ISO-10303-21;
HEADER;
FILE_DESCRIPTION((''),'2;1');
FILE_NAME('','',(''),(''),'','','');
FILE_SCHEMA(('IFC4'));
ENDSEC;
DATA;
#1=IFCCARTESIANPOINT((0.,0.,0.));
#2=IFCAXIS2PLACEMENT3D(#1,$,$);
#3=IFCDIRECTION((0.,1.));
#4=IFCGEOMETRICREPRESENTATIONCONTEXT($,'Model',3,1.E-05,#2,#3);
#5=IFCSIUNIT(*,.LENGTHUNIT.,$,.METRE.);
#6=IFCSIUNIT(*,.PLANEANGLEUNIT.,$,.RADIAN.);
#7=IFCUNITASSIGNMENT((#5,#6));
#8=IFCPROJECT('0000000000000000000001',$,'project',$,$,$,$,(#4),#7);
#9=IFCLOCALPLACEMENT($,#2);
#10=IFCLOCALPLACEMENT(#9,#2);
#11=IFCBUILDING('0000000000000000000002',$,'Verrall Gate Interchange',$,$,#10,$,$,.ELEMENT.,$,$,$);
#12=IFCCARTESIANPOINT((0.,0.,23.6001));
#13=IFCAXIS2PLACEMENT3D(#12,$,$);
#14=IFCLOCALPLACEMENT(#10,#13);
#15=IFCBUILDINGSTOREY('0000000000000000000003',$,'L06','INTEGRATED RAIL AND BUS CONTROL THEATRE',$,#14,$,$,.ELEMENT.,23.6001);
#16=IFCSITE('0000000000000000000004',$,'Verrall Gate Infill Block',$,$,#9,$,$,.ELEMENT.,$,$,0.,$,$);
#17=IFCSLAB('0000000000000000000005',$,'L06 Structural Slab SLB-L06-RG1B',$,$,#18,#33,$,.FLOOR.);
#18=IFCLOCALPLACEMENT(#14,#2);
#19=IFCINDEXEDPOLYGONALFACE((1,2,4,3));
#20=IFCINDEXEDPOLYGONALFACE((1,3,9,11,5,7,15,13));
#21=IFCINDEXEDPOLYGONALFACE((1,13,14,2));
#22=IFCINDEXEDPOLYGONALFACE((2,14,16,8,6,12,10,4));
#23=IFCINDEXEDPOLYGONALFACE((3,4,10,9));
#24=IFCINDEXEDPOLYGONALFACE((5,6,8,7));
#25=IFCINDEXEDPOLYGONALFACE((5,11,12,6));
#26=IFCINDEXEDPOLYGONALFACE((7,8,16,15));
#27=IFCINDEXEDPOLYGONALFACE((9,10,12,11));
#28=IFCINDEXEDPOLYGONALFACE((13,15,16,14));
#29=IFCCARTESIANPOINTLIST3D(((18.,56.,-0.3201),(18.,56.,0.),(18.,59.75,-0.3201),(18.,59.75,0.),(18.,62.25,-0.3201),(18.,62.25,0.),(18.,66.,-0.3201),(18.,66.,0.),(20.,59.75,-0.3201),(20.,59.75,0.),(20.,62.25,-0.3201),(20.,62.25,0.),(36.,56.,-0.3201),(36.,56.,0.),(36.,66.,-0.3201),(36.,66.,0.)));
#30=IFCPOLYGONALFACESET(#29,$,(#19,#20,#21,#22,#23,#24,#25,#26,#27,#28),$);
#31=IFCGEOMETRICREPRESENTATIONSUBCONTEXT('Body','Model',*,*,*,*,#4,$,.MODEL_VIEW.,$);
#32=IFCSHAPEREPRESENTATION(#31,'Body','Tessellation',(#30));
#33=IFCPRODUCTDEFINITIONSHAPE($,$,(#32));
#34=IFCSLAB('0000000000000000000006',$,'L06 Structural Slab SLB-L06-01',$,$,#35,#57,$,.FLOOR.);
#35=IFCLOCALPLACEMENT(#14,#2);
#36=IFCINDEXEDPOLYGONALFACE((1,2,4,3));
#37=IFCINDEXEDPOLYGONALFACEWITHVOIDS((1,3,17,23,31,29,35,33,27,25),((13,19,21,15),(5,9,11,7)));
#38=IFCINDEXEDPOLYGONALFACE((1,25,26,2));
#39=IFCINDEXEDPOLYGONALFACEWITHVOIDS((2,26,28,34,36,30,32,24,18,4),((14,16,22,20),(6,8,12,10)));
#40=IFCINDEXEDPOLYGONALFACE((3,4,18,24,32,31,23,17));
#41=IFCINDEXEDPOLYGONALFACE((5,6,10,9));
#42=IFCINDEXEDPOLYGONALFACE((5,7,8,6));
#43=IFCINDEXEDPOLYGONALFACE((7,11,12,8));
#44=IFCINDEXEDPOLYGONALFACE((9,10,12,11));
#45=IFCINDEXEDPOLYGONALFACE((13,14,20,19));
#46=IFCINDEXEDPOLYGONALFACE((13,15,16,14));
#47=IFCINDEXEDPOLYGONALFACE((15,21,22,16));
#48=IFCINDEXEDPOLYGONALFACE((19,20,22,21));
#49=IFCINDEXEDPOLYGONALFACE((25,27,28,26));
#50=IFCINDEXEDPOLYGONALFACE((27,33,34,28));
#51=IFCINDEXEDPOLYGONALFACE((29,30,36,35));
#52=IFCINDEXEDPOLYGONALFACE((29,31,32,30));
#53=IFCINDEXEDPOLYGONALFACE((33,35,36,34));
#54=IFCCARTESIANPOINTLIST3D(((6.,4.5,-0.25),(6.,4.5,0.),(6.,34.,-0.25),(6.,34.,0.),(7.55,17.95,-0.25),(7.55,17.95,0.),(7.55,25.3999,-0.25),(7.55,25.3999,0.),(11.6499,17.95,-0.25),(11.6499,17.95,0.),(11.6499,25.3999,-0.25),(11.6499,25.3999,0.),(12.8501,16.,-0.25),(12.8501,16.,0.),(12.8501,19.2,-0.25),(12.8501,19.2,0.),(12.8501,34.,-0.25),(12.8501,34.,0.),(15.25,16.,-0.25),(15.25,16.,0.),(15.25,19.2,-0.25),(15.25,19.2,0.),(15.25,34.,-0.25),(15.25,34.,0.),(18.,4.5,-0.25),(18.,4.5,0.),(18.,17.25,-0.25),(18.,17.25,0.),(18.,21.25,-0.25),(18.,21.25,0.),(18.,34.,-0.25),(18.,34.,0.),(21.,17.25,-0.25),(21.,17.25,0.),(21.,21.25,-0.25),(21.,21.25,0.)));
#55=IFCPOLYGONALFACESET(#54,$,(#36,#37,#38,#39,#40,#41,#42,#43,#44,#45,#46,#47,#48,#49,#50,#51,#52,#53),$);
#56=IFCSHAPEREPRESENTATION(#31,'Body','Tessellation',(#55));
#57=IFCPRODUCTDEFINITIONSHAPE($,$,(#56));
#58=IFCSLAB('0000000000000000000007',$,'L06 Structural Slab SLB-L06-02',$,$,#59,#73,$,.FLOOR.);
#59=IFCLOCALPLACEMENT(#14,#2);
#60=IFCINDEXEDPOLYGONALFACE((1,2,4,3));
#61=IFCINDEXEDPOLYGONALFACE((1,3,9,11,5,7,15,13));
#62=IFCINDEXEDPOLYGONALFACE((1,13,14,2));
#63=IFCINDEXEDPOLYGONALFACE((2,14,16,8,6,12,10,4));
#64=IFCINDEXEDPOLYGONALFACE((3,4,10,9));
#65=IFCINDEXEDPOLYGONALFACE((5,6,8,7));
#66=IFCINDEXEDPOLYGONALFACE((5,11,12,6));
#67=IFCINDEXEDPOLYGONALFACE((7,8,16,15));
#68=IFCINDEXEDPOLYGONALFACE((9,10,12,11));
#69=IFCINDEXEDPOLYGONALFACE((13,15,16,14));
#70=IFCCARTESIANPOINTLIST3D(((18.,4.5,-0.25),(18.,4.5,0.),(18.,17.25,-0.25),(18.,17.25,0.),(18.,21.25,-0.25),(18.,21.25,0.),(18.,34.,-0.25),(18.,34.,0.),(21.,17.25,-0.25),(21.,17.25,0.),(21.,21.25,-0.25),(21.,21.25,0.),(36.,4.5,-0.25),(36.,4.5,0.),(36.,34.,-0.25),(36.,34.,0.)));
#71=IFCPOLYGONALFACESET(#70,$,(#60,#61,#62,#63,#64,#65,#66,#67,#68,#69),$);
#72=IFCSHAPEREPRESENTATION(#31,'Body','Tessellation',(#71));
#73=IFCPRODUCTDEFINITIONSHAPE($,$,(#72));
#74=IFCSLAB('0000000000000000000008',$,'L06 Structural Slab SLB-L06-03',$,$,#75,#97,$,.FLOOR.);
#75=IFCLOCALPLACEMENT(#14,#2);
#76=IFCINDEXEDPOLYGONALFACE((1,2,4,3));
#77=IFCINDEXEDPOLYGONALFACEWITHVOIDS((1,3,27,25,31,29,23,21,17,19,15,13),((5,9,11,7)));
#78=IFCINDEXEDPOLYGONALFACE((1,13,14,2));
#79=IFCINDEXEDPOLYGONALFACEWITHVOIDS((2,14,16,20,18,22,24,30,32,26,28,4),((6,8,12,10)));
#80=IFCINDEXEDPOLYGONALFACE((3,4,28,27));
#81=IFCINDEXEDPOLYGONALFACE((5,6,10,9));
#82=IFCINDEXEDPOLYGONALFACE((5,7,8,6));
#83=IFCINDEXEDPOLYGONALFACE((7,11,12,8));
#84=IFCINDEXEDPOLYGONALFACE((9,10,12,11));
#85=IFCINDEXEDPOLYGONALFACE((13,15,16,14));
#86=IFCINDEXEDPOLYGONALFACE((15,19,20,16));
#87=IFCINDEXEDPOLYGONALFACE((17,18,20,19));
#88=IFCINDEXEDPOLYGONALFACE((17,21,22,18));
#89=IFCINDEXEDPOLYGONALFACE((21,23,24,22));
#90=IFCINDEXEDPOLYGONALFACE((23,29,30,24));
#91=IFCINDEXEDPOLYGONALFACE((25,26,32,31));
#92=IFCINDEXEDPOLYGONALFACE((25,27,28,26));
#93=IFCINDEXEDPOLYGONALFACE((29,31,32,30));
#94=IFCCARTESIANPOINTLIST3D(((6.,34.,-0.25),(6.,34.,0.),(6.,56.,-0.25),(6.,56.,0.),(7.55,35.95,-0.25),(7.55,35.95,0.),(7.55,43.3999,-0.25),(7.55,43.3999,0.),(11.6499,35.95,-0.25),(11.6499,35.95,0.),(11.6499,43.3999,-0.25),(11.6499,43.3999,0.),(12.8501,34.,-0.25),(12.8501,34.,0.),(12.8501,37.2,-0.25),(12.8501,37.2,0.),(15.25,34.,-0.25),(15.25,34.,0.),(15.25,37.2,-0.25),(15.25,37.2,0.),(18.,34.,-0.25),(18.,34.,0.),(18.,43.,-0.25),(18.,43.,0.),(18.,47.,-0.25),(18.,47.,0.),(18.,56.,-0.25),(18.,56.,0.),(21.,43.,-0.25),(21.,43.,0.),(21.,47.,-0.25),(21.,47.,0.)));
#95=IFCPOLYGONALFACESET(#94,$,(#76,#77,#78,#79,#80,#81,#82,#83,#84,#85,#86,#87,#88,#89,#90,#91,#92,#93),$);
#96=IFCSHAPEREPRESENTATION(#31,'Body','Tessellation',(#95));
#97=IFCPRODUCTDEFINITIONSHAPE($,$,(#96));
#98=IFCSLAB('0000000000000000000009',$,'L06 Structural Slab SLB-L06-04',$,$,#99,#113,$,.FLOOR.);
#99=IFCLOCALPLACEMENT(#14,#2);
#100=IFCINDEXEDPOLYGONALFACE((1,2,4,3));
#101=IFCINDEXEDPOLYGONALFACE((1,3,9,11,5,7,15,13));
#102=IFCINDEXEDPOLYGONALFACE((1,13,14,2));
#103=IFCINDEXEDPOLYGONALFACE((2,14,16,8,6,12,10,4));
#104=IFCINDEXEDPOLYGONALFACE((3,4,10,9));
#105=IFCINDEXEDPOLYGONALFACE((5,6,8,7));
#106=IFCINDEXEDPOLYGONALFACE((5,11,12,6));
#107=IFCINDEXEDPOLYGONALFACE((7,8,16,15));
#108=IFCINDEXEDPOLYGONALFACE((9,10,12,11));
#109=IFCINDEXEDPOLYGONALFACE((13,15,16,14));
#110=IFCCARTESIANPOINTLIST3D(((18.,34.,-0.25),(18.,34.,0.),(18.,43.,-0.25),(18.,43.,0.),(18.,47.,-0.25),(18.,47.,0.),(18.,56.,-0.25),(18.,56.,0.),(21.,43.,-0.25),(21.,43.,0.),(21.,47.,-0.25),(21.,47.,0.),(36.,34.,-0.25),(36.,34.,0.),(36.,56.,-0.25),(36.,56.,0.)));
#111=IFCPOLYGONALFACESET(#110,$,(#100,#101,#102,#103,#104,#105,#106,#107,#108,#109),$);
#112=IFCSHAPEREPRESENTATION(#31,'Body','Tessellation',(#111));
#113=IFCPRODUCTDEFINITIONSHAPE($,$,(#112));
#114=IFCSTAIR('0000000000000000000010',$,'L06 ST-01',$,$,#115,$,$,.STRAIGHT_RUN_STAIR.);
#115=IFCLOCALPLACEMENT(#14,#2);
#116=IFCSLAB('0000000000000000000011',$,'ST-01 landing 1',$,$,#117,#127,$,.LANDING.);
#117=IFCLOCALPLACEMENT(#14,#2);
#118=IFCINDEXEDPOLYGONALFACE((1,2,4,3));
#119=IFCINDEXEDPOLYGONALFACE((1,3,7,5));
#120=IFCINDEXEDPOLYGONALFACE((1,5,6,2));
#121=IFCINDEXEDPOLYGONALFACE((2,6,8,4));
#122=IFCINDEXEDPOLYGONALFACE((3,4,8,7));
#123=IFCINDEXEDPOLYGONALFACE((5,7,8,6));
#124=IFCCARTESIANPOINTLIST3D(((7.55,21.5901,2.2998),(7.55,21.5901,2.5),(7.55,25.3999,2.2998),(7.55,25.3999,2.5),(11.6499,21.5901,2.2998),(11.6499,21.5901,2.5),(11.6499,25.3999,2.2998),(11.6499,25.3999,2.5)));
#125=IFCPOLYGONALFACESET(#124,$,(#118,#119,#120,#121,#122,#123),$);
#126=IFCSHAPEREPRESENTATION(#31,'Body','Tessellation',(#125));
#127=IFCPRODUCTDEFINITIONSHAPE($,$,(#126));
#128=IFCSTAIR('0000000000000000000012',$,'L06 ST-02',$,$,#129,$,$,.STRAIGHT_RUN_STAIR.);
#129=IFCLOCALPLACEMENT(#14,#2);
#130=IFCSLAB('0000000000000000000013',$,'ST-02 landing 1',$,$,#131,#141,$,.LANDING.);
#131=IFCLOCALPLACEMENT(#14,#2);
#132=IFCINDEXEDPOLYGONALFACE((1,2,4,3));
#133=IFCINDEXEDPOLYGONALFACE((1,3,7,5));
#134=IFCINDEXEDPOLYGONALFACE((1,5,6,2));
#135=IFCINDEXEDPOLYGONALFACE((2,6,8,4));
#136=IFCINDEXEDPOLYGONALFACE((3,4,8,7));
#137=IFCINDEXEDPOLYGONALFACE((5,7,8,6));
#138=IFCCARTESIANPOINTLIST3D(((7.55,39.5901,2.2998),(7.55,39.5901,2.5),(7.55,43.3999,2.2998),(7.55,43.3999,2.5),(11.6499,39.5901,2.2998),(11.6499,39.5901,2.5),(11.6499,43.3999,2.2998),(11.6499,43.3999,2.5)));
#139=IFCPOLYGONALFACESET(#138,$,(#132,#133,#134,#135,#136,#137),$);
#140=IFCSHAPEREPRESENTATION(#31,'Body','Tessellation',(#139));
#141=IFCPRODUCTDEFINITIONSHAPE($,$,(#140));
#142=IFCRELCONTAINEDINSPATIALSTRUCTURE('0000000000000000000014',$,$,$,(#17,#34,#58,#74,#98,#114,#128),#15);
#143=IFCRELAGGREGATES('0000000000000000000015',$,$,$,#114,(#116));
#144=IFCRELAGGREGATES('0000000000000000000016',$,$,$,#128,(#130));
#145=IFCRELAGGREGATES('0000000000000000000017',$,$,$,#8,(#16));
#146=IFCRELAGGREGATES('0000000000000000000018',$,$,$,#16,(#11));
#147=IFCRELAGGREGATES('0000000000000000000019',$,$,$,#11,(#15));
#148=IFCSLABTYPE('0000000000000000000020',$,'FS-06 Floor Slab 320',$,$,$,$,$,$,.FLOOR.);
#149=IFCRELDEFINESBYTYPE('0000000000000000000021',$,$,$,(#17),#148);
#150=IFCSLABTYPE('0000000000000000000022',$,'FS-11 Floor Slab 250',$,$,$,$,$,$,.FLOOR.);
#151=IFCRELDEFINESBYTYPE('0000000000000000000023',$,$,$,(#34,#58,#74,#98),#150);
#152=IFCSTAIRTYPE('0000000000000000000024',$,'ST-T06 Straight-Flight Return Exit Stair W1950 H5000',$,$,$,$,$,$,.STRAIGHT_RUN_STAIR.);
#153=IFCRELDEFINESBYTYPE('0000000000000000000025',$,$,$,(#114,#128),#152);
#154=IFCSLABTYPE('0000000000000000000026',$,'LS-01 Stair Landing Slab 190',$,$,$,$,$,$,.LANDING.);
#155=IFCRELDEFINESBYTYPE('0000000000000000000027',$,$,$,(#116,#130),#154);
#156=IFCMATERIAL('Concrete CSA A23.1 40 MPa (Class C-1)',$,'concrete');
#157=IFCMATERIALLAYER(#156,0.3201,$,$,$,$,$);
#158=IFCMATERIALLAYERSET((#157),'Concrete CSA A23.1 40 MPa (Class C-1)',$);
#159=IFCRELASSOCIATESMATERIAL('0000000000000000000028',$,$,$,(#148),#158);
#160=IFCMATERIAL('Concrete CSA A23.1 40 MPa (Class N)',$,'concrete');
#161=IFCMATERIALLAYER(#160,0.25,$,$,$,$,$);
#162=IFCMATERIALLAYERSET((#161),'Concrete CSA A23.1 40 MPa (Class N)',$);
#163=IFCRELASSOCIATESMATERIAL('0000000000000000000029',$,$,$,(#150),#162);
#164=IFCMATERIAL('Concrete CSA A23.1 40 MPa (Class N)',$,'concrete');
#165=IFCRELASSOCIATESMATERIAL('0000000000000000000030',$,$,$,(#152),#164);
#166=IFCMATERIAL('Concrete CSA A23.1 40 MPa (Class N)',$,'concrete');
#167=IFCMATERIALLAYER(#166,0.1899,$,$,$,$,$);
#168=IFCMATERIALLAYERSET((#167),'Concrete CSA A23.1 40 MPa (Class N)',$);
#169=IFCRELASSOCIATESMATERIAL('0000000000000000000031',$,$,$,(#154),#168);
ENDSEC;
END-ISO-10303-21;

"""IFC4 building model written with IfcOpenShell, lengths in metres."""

from ifc_helpers import new_model, si_unit, direction, frame, origin, place, context, subcontext, project, spatial, polyline, outline, extrude, material, layer, layer_set, type_object, element, aggregate, save


model = new_model("IFC4")

# Units and contexts
model_context = context("Model", 3, precision=1e-05, world=origin(), true_north=direction((0.0, 1.0)))
body_context = subcontext(model_context, "Body", "Model", "MODEL_VIEW")
ifc_project = project(units=[si_unit("LENGTHUNIT", "METRE"), si_unit("PLANEANGLEUNIT", "RADIAN")], contexts=[model_context])

# Site, building, storey
site_placement = place(None, origin())
site = spatial("IfcSite", under=ifc_project, at=site_placement, Name="Verrall Gate Infill Block", CompositionType="ELEMENT", RefElevation=0.0)
building_placement = place(site_placement, origin())
building = spatial("IfcBuilding", under=site, at=building_placement, Name="Verrall Gate Interchange", CompositionType="ELEMENT")
storey_placement = place(building_placement, frame((0.0, 0.0, 23.6001)))
storey = spatial("IfcBuildingStorey", under=building, at=storey_placement, Name="L06", Description="INTEGRATED RAIL AND BUS CONTROL THEATRE", CompositionType="ELEMENT", Elevation=23.6001)

# Slabs
ifc_material_1 = material(Name="Concrete CSA A23.1 40 MPa (Class C-1)", Category="concrete")
ifc_layer_1 = layer(ifc_material_1, 0.3201)
ifc_layer_set_1 = layer_set([ifc_layer_1], Name="Concrete CSA A23.1 40 MPa (Class C-1)")
slab_type_1 = type_object("IfcSlabType", Name="FS-06 Floor Slab 320", PredefinedType="FLOOR", material=ifc_layer_set_1)
slab_1_placement = place(storey_placement, frame((0.0, 0.0, -0.3201)))
element("IfcSlab", 1, at=slab_1_placement, inside=storey, type_object=slab_type_1, Name="L06 Structural Slab SLB-L06-RG1B", PredefinedType="FLOOR", context=body_context, shape_type="SweptSolid", body=[
    extrude(outline(polyline([(36.0, 56.0), (18.0, 56.0), (18.0, 59.75), (20.0, 59.75), (20.0, 62.25), (18.0, 62.25), (18.0, 66.0), (36.0, 66.0), (36.0, 56.0)])), origin(), (0.0, 0.0, 1.0), 0.3201),
])
ifc_material_2 = material(Name="Concrete CSA A23.1 40 MPa (Class N)", Category="concrete")
ifc_layer_2 = layer(ifc_material_2, 0.25)
ifc_layer_set_2 = layer_set([ifc_layer_2], Name="Concrete CSA A23.1 40 MPa (Class N)")
slab_type_2 = type_object("IfcSlabType", Name="FS-11 Floor Slab 250", PredefinedType="FLOOR", material=ifc_layer_set_2)
slab_2_placement = place(storey_placement, frame((0.0, 0.0, -0.25)))
element("IfcSlab", 2, at=slab_2_placement, inside=storey, type_object=slab_type_2, Name="L06 Structural Slab SLB-L06-01", PredefinedType="FLOOR", context=body_context, shape_type="SweptSolid", body=[
    extrude(outline(polyline([(6.0, 4.5), (6.0, 34.0), (12.8501, 34.0), (15.25, 34.0), (18.0, 34.0), (18.0, 21.25), (21.0, 21.25), (21.0, 17.25), (18.0, 17.25), (18.0, 4.5), (6.0, 4.5)]), holes=[polyline([(12.8501, 16.0), (15.25, 16.0), (15.25, 19.2), (12.8501, 19.2), (12.8501, 16.0)]), polyline([(7.55, 17.95), (11.6499, 17.95), (11.6499, 25.3999), (7.55, 25.3999), (7.55, 17.95)])]), origin(), (0.0, 0.0, 1.0), 0.25),
])
slab_3_placement = place(storey_placement, frame((0.0, 0.0, -0.25)))
element("IfcSlab", 3, at=slab_3_placement, inside=storey, type_object=slab_type_2, Name="L06 Structural Slab SLB-L06-02", PredefinedType="FLOOR", context=body_context, shape_type="SweptSolid", body=[
    extrude(outline(polyline([(36.0, 4.5), (18.0, 4.5), (18.0, 17.25), (21.0, 17.25), (21.0, 21.25), (18.0, 21.25), (18.0, 34.0), (36.0, 34.0), (36.0, 4.5)])), origin(), (0.0, 0.0, 1.0), 0.25),
])
slab_4_placement = place(storey_placement, frame((0.0, 0.0, -0.25)))
element("IfcSlab", 4, at=slab_4_placement, inside=storey, type_object=slab_type_2, Name="L06 Structural Slab SLB-L06-03", PredefinedType="FLOOR", context=body_context, shape_type="SweptSolid", body=[
    extrude(outline(polyline([(15.25, 37.2), (12.8501, 37.2), (12.8501, 34.0), (6.0, 34.0), (6.0, 56.0), (18.0, 56.0), (18.0, 47.0), (21.0, 47.0), (21.0, 43.0), (18.0, 43.0), (18.0, 34.0), (15.25, 34.0), (15.25, 37.2)]), holes=[polyline([(11.6499, 35.95), (11.6499, 43.3999), (7.55, 43.3999), (7.55, 35.95), (11.6499, 35.95)])]), origin(), (0.0, 0.0, 1.0), 0.25),
])
slab_5_placement = place(storey_placement, frame((0.0, 0.0, -0.25)))
element("IfcSlab", 5, at=slab_5_placement, inside=storey, type_object=slab_type_2, Name="L06 Structural Slab SLB-L06-04", PredefinedType="FLOOR", context=body_context, shape_type="SweptSolid", body=[
    extrude(outline(polyline([(36.0, 34.0), (18.0, 34.0), (18.0, 43.0), (21.0, 43.0), (21.0, 47.0), (18.0, 47.0), (18.0, 56.0), (36.0, 56.0), (36.0, 34.0)])), origin(), (0.0, 0.0, 1.0), 0.25),
])

# Stairs, slabs
ifc_material_3 = material(Name="Concrete CSA A23.1 40 MPa (Class N)", Category="concrete")
stair_type = type_object("IfcStairType", Name="ST-T06 Straight-Flight Return Exit Stair W1950 H5000", PredefinedType="STRAIGHT_RUN_STAIR", material=ifc_material_3)
stair_1_placement = place(storey_placement, origin())
stair_1 = element("IfcStair", 6, at=stair_1_placement, inside=storey, type_object=stair_type, Name="L06 ST-01", PredefinedType="STRAIGHT_RUN_STAIR")
ifc_material_4 = material(Name="Concrete CSA A23.1 40 MPa (Class N)", Category="concrete")
ifc_layer_3 = layer(ifc_material_4, 0.1899)
ifc_layer_set_3 = layer_set([ifc_layer_3], Name="Concrete CSA A23.1 40 MPa (Class N)")
slab_type_3 = type_object("IfcSlabType", Name="LS-01 Stair Landing Slab 190", PredefinedType="LANDING", material=ifc_layer_set_3)
slab_6_placement = place(storey_placement, frame((0.0, 0.0, 2.2998)))
slab_6 = element("IfcSlab", 7, at=slab_6_placement, type_object=slab_type_3, Name="ST-01 landing 1", PredefinedType="LANDING", context=body_context, shape_type="SweptSolid", body=[
    extrude(outline(polyline([(11.6499, 21.5901), (11.6499, 25.3999), (7.55, 25.3999), (7.55, 21.5901), (11.6499, 21.5901)])), origin(), (0.0, 0.0, 1.0), 0.2002),
])
aggregate(stair_1, [slab_6])
stair_2_placement = place(storey_placement, origin())
stair_2 = element("IfcStair", 8, at=stair_2_placement, inside=storey, type_object=stair_type, Name="L06 ST-02", PredefinedType="STRAIGHT_RUN_STAIR")
slab_7_placement = place(storey_placement, frame((0.0, 0.0, 2.2998)))
slab_7 = element("IfcSlab", 9, at=slab_7_placement, type_object=slab_type_3, Name="ST-02 landing 1", PredefinedType="LANDING", context=body_context, shape_type="SweptSolid", body=[
    extrude(outline(polyline([(11.6499, 39.5901), (11.6499, 43.3999), (7.55, 43.3999), (7.55, 39.5901), (11.6499, 39.5901)])), origin(), (0.0, 0.0, 1.0), 0.2002),
])
aggregate(stair_2, [slab_7])

save(model, "model.ifc")
